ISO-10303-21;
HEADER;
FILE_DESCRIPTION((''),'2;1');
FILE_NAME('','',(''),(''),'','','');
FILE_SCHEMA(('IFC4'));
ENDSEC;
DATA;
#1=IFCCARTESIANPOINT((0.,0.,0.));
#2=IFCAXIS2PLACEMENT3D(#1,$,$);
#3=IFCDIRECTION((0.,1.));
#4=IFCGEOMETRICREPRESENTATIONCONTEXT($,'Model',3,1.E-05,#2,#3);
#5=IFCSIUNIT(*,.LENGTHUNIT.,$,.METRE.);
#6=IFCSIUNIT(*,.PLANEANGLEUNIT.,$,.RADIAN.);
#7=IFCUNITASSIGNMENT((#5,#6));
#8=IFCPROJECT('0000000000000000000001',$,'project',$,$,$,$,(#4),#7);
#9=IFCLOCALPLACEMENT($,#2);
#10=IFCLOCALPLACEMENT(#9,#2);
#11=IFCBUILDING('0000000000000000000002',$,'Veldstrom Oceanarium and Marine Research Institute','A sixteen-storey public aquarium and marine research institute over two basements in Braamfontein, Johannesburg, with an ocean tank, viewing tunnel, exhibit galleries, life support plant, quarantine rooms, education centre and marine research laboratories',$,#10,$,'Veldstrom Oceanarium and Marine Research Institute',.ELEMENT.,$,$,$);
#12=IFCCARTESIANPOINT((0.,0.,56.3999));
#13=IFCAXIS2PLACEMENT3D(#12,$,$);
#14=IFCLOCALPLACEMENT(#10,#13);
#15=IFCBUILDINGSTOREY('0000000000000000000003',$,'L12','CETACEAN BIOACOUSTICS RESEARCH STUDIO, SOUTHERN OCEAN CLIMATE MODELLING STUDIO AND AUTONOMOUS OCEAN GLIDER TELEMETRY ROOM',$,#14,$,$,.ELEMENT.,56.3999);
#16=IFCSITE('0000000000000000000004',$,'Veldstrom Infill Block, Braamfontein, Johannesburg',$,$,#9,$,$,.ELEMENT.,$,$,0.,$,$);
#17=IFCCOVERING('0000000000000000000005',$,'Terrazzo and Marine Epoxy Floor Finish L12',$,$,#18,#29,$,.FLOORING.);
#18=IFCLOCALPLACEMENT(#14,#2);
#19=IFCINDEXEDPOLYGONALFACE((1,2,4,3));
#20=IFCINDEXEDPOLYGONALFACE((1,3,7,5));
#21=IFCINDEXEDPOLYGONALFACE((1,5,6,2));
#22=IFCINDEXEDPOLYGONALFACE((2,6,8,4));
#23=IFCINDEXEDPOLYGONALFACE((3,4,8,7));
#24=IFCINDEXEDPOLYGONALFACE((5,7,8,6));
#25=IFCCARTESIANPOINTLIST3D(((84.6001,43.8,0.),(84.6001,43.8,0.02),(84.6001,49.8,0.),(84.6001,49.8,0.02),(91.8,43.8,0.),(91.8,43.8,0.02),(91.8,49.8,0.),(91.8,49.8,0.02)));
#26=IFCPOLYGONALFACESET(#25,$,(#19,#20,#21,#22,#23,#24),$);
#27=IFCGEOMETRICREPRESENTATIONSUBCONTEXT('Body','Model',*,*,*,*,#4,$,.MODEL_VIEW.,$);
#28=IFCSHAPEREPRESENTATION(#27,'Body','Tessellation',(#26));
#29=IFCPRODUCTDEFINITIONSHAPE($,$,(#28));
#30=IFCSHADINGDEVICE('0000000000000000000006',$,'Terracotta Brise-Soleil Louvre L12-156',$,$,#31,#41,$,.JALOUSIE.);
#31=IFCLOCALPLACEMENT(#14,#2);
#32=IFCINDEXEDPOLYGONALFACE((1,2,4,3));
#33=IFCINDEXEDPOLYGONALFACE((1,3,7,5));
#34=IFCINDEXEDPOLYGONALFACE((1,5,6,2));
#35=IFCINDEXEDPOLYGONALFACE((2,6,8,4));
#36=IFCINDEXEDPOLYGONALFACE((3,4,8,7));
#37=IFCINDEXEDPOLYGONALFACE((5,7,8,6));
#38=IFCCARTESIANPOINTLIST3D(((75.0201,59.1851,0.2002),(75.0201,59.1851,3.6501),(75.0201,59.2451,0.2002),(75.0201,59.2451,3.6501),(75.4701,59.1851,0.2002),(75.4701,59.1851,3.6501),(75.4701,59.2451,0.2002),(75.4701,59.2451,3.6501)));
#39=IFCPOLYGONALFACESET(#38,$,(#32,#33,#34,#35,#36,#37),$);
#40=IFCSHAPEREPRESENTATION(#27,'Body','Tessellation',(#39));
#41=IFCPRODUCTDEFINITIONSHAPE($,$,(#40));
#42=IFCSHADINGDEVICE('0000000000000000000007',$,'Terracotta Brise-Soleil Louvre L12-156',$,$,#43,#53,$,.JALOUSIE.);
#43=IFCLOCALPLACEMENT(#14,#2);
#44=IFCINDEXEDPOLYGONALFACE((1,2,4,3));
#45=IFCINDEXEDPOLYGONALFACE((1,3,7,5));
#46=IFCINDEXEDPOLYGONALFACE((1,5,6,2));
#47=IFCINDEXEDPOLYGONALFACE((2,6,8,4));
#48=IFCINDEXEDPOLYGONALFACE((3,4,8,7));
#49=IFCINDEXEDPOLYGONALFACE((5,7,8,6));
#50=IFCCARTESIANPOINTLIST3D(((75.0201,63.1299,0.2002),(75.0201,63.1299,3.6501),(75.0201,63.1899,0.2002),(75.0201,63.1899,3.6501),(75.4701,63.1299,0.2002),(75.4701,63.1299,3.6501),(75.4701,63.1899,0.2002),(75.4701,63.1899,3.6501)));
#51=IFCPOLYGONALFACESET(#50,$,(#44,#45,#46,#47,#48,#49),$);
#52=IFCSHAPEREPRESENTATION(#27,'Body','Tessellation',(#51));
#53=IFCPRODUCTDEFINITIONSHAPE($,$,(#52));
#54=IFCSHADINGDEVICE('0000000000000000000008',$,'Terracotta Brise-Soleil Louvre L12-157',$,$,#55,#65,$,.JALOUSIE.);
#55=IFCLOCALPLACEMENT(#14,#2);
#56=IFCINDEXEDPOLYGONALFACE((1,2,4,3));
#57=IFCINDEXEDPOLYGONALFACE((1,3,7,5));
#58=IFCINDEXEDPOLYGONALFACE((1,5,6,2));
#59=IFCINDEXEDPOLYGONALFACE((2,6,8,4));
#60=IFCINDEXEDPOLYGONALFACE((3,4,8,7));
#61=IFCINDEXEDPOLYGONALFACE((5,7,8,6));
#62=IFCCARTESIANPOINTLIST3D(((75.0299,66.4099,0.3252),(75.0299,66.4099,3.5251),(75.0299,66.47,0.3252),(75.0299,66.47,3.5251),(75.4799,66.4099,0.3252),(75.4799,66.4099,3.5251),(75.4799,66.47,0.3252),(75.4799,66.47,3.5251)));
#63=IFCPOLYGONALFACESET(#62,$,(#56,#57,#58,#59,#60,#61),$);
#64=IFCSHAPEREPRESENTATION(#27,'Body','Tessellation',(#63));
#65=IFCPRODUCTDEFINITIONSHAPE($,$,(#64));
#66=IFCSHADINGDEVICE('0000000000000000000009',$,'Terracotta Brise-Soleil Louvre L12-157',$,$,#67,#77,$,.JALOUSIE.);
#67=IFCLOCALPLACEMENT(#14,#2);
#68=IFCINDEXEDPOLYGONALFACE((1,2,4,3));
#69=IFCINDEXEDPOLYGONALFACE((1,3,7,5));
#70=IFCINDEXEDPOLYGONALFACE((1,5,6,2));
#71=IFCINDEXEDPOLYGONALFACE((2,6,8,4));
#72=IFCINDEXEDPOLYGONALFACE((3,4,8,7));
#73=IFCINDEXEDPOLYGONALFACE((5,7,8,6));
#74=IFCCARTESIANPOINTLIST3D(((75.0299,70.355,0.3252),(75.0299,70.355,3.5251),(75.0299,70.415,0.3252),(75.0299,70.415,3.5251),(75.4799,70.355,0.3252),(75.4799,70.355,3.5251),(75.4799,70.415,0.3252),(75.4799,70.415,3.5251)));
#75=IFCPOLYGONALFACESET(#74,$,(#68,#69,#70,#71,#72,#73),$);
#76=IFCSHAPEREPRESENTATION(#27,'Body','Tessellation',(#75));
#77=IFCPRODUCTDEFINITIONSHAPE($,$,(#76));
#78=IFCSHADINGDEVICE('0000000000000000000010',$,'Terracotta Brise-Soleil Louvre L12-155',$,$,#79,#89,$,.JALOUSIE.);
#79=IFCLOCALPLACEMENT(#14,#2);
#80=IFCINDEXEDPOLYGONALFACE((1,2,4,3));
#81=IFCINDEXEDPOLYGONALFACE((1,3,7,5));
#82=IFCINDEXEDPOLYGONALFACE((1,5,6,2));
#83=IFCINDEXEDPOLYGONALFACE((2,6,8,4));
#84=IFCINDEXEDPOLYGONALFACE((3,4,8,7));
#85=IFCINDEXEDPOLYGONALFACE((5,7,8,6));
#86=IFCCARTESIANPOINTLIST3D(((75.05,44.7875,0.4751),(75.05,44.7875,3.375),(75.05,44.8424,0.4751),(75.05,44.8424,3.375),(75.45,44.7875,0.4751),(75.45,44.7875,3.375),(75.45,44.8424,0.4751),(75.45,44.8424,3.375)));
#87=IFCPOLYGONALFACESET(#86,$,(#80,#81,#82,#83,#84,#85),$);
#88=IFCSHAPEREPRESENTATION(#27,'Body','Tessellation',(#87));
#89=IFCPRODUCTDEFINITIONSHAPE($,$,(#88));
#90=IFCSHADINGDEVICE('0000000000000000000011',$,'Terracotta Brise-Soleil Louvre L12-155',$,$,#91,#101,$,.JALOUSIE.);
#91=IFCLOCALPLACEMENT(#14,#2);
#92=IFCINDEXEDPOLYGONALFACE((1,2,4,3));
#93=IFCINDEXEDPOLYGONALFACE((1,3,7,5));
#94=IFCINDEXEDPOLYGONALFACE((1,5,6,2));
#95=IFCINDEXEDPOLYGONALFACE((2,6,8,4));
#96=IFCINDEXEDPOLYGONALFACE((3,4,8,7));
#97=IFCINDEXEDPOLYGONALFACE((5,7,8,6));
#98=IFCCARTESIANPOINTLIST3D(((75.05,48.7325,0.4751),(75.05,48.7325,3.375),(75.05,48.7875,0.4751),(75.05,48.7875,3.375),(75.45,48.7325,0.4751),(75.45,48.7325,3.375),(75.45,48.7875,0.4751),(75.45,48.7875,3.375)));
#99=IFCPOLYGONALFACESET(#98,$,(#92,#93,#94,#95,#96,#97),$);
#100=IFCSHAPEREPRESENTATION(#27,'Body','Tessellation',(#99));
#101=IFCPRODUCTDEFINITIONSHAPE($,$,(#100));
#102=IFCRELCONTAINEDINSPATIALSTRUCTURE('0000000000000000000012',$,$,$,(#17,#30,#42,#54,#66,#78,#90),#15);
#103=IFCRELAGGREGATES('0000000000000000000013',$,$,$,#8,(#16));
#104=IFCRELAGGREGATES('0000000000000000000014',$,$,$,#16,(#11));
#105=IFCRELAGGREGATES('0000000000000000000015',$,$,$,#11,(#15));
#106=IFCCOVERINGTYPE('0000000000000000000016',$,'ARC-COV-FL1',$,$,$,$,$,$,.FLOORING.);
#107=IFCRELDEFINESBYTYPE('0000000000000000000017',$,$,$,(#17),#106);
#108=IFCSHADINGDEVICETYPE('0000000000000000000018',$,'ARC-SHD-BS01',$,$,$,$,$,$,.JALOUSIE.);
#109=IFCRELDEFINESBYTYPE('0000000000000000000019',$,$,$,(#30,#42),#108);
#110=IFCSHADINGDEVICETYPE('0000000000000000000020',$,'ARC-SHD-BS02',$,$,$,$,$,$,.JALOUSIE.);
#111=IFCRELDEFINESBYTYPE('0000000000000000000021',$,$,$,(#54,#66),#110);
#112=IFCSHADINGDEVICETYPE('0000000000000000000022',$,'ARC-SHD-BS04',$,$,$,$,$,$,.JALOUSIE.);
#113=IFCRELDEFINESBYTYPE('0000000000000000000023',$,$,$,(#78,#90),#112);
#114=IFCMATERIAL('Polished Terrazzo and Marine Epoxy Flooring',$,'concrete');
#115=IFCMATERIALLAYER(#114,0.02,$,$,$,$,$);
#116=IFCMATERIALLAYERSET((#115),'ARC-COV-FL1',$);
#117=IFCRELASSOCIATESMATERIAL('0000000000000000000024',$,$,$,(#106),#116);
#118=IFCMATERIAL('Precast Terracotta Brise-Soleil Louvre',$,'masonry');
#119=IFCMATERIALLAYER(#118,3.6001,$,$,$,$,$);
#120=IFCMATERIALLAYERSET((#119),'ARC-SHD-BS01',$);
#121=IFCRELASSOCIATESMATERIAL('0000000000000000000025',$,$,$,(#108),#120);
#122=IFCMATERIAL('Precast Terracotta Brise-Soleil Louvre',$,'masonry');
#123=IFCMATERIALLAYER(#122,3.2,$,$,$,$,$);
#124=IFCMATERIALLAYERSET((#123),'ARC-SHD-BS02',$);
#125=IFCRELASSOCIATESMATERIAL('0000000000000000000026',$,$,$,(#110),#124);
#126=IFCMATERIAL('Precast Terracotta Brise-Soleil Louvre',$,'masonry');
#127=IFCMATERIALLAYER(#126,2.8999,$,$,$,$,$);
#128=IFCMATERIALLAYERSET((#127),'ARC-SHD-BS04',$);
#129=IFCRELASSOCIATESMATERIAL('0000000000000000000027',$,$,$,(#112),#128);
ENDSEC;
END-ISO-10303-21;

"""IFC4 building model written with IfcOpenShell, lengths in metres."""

from ifc_helpers import new_model, si_unit, direction, frame, origin, origin_2d, place, context, subcontext, project, spatial, polyline, rectangle, outline, extrude, material, layer, layer_set, type_object, element, save


model = new_model("IFC4")

# Units and contexts
model_context = context("Model", 3, precision=1e-05, world=origin(), true_north=direction((0.0, 1.0)))
body_context = subcontext(model_context, "Body", "Model", "MODEL_VIEW")
ifc_project = project(units=[si_unit("LENGTHUNIT", "METRE"), si_unit("PLANEANGLEUNIT", "RADIAN")], contexts=[model_context])

# Site, building, storey
site_placement = place(None, origin())
site = spatial("IfcSite", under=ifc_project, at=site_placement, Name="Veldstrom Infill Block, Braamfontein, Johannesburg", CompositionType="ELEMENT", RefElevation=0.0)
building_placement = place(site_placement, origin())
building = spatial("IfcBuilding", under=site, at=building_placement, Name="Veldstrom Oceanarium and Marine Research Institute", Description="A sixteen-storey public aquarium and marine research institute over two basements in Braamfontein, Johannesburg, with an ocean tank, viewing tunnel, exhibit galleries, life support plant, quarantine rooms, education centre and marine research laboratories", LongName="Veldstrom Oceanarium and Marine Research Institute", CompositionType="ELEMENT")
storey_placement = place(building_placement, frame((0.0, 0.0, 56.3999)))
storey = spatial("IfcBuildingStorey", under=building, at=storey_placement, Name="L12", Description="CETACEAN BIOACOUSTICS RESEARCH STUDIO, SOUTHERN OCEAN CLIMATE MODELLING STUDIO AND AUTONOMOUS OCEAN GLIDER TELEMETRY ROOM", CompositionType="ELEMENT", Elevation=56.3999)

# Covering
ifc_material_1 = material(Name="Polished Terrazzo and Marine Epoxy Flooring", Category="concrete")
ifc_layer_1 = layer(ifc_material_1, 0.02)
ifc_layer_set_1 = layer_set([ifc_layer_1], Name="ARC-COV-FL1")
covering_type_1 = type_object("IfcCoveringType", Name="ARC-COV-FL1", PredefinedType="FLOORING", material=ifc_layer_set_1)
covering_1_placement = place(storey_placement, origin())
element("IfcCovering", 1, at=covering_1_placement, inside=storey, type_object=covering_type_1, Name="Terrazzo and Marine Epoxy Floor Finish L12", PredefinedType="FLOORING", context=body_context, shape_type="SweptSolid", body=[
    extrude(outline(polyline([(84.6001, 43.8), (91.8, 43.8), (91.8, 49.8), (84.6001, 49.8), (84.6001, 43.8)])), origin(), (0.0, 0.0, 1.0), 0.02),
])

# Shading devices
ifc_material_2 = material(Name="Precast Terracotta Brise-Soleil Louvre", Category="masonry")
ifc_layer_2 = layer(ifc_material_2, 3.6001)
ifc_layer_set_2 = layer_set([ifc_layer_2], Name="ARC-SHD-BS01")
shading_device_type_1 = type_object("IfcShadingDeviceType", Name="ARC-SHD-BS01", PredefinedType="JALOUSIE", material=ifc_layer_set_2)
for number, where, z_axis, x_axis, name in (
    (2, (75.2451, 59.2151, 0.2002), (0.0, 0.0, 1.0), (1.0, 0.0, 0.0), "Terracotta Brise-Soleil Louvre L12-156"),
    (3, (75.2451, 63.1599, 0.2002), (0.0, 0.0, 1.0), (1.0, 0.0, 0.0), "Terracotta Brise-Soleil Louvre L12-156"),
):
    element("IfcShadingDevice", number, at=place(storey_placement, frame(where, z_axis=z_axis, x_axis=x_axis)), inside=storey, type_object=shading_device_type_1, Name=name, PredefinedType="JALOUSIE", context=body_context, shape_type="SweptSolid", body=[
        extrude(rectangle(XDim=0.45, YDim=0.0601, at=origin_2d()), origin(), (0.0, 0.0, 1.0), 3.45),
    ])
ifc_material_3 = material(Name="Precast Terracotta Brise-Soleil Louvre", Category="masonry")
ifc_layer_3 = layer(ifc_material_3, 3.2)
ifc_layer_set_3 = layer_set([ifc_layer_3], Name="ARC-SHD-BS02")
shading_device_type_2 = type_object("IfcShadingDeviceType", Name="ARC-SHD-BS02", PredefinedType="JALOUSIE", material=ifc_layer_set_3)
for number, where, z_axis, x_axis, name in (
    (4, (75.2549, 66.4399, 0.3252), (0.0, 0.0, 1.0), (1.0, 0.0, 0.0), "Terracotta Brise-Soleil Louvre L12-157"),
    (5, (75.2549, 70.385, 0.3252), (0.0, 0.0, 1.0), (1.0, 0.0, 0.0), "Terracotta Brise-Soleil Louvre L12-157"),
):
    element("IfcShadingDevice", number, at=place(storey_placement, frame(where, z_axis=z_axis, x_axis=x_axis)), inside=storey, type_object=shading_device_type_2, Name=name, PredefinedType="JALOUSIE", context=body_context, shape_type="SweptSolid", body=[
        extrude(rectangle(XDim=0.45, YDim=0.0601, at=origin_2d()), origin(), (0.0, 0.0, 1.0), 3.2),
    ])
ifc_material_4 = material(Name="Precast Terracotta Brise-Soleil Louvre", Category="masonry")
ifc_layer_4 = layer(ifc_material_4, 2.8999)
ifc_layer_set_4 = layer_set([ifc_layer_4], Name="ARC-SHD-BS04")
shading_device_type_3 = type_object("IfcShadingDeviceType", Name="ARC-SHD-BS04", PredefinedType="JALOUSIE", material=ifc_layer_set_4)
for number, where, z_axis, x_axis, name in (
    (6, (75.25, 44.8149, 0.4751), (0.0, 0.0, 1.0), (1.0, 0.0, 0.0), "Terracotta Brise-Soleil Louvre L12-155"),
    (7, (75.25, 48.76, 0.4751), (0.0, 0.0, 1.0), (1.0, 0.0, 0.0), "Terracotta Brise-Soleil Louvre L12-155"),
):
    element("IfcShadingDevice", number, at=place(storey_placement, frame(where, z_axis=z_axis, x_axis=x_axis)), inside=storey, type_object=shading_device_type_3, Name=name, PredefinedType="JALOUSIE", context=body_context, shape_type="SweptSolid", body=[
        extrude(rectangle(XDim=0.3999, YDim=0.0549, at=origin_2d()), origin(), (0.0, 0.0, 1.0), 2.8999),
    ])

save(model, "model.ifc")
